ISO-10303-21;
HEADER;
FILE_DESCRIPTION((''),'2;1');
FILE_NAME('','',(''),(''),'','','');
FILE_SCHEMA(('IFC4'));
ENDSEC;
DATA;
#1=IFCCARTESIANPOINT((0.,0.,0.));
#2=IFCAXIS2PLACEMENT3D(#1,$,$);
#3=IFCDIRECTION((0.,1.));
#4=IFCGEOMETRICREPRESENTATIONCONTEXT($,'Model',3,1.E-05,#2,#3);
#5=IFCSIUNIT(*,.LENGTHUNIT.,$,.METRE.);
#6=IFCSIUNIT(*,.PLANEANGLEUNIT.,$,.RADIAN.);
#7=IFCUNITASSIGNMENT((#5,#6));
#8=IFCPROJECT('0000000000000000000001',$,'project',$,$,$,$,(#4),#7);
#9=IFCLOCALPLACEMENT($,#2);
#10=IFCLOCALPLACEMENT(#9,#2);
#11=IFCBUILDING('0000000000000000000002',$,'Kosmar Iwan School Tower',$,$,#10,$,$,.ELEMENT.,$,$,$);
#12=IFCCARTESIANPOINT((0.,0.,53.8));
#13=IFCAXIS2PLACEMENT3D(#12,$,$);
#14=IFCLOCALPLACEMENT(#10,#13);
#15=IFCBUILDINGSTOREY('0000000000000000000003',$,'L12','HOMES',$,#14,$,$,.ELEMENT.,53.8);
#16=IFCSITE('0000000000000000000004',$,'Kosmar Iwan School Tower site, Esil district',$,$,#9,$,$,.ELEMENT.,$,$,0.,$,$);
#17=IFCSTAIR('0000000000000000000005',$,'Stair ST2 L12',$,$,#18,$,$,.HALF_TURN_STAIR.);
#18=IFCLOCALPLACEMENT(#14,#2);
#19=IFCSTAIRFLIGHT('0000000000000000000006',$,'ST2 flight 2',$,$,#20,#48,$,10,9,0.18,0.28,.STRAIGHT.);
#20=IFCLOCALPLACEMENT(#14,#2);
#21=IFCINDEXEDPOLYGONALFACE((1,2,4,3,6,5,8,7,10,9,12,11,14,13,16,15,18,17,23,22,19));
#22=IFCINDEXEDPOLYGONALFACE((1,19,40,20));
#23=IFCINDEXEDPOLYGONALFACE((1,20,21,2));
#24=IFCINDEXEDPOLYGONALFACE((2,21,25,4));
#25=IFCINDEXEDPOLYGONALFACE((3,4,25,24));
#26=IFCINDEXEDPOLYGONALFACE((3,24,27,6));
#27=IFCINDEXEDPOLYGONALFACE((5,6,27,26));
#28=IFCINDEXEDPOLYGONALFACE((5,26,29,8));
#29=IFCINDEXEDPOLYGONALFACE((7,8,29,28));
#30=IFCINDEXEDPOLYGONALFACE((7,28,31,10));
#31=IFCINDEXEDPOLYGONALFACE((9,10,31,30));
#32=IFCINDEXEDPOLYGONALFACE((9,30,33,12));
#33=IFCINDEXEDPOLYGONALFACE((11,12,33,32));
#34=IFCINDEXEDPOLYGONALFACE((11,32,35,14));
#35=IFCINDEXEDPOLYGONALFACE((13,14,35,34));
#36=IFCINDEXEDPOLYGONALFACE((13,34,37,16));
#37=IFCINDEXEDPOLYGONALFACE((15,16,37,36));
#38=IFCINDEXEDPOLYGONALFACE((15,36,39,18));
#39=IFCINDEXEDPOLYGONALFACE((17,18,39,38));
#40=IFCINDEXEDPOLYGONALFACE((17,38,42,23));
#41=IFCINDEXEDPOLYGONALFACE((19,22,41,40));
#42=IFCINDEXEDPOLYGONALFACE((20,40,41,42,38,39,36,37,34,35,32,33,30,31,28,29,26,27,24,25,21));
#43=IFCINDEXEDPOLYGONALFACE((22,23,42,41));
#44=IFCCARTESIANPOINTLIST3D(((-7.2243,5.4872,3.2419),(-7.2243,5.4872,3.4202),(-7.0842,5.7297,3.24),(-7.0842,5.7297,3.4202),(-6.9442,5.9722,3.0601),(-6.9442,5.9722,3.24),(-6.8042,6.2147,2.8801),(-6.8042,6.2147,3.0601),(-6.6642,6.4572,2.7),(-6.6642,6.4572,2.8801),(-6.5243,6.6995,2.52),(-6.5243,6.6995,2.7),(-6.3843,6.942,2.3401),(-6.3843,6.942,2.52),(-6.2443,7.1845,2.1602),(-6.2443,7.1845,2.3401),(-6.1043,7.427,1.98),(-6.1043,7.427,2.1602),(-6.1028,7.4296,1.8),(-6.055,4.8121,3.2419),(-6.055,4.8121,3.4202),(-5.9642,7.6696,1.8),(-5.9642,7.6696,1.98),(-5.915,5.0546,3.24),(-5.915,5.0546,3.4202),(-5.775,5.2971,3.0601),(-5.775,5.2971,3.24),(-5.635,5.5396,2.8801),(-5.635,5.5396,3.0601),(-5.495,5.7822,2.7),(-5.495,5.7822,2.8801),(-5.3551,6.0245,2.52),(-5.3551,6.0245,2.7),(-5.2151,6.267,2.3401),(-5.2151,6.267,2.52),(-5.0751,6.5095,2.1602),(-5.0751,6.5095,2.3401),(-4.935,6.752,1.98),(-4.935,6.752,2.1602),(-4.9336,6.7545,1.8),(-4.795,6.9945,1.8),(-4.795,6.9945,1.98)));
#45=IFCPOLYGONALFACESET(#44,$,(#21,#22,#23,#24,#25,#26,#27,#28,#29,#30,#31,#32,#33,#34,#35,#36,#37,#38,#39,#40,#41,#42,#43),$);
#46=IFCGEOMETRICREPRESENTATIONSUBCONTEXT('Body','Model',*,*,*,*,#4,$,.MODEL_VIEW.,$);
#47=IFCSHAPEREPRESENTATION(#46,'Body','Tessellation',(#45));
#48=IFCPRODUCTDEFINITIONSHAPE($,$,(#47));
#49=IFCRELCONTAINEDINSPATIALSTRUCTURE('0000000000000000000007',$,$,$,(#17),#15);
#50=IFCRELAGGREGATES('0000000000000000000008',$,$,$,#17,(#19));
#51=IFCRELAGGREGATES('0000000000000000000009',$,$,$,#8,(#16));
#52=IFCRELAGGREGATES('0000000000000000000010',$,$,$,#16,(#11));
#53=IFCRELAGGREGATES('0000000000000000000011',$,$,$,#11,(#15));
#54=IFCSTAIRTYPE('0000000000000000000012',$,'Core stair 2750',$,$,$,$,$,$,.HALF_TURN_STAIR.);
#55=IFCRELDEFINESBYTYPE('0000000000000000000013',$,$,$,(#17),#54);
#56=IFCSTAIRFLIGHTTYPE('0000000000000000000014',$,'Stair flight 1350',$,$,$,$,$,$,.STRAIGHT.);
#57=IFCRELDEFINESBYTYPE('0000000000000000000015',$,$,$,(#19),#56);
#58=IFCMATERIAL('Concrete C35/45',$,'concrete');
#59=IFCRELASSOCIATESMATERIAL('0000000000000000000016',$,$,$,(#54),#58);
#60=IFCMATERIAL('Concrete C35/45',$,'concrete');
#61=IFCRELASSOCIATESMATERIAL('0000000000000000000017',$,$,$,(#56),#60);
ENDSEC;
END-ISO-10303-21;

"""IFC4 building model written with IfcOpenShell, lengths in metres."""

from ifc_helpers import new_model, si_unit, direction, frame, origin, place, context, subcontext, project, spatial, polyline, outline, extrude, material, type_object, element, aggregate, save


model = new_model("IFC4")

# Units and contexts
model_context = context("Model", 3, precision=1e-05, world=origin(), true_north=direction((0.0, 1.0)))
body_context = subcontext(model_context, "Body", "Model", "MODEL_VIEW")
ifc_project = project(units=[si_unit("LENGTHUNIT", "METRE"), si_unit("PLANEANGLEUNIT", "RADIAN")], contexts=[model_context])

# Site, building, storey
site_placement = place(None, origin())
site = spatial("IfcSite", under=ifc_project, at=site_placement, Name="Kosmar Iwan School Tower site, Esil district", CompositionType="ELEMENT", RefElevation=0.0)
building_placement = place(site_placement, origin())
building = spatial("IfcBuilding", under=site, at=building_placement, Name="Kosmar Iwan School Tower", CompositionType="ELEMENT")
storey_placement = place(building_placement, frame((0.0, 0.0, 53.8)))
storey = spatial("IfcBuildingStorey", under=building, at=storey_placement, Name="L12", Description="HOMES", CompositionType="ELEMENT", Elevation=53.8)

# Stair, stair flight
ifc_material_1 = material(Name="Concrete C35/45", Category="concrete")
stair_type = type_object("IfcStairType", Name="Core stair 2750", PredefinedType="HALF_TURN_STAIR", material=ifc_material_1)
stair_placement = place(storey_placement, origin())
stair = element("IfcStair", 1, at=stair_placement, inside=storey, type_object=stair_type, Name="Stair ST2 L12", PredefinedType="HALF_TURN_STAIR")
ifc_material_2 = material(Name="Concrete C35/45", Category="concrete")
stair_flight_type = type_object("IfcStairFlightType", Name="Stair flight 1350", PredefinedType="STRAIGHT", material=ifc_material_2)
stair_flight_1_placement = place(storey_placement, frame((-5.3796, 7.332, 1.8), z_axis=(0.0, 0.0, 1.0), x_axis=(-0.5, -0.866025, 0.0)))
stair_flight_1 = element("IfcStairFlight", 2, at=stair_flight_1_placement, type_object=stair_flight_type, Name="ST2 flight 2", NumberOfRisers=10, NumberOfTreads=9, PredefinedType="STRAIGHT", RiserHeight=0.18, TreadLength=0.28, context=body_context, shape_type="SweptSolid", body=[
    extrude(outline(polyline([(0.0, 0.0), (0.0, 0.1799), (0.28, 0.1799), (0.28, 0.3601), (0.5601, 0.3601), (0.5601, 0.54), (0.8401, 0.54), (0.8401, 0.72), (1.1201, 0.72), (1.1201, 0.8999), (1.3999, 0.8999), (1.3999, 1.0801), (1.6799, 1.0801), (1.6799, 1.26), (1.96, 1.26), (1.96, 1.4399), (2.24, 1.4399), (2.24, 1.6201), (2.52, 1.6201), (2.52, 1.8), (2.52, 1.4419), (0.2771, 0.0), (0.0, 0.0)])), frame((0.0, 0.675, 0.0), z_axis=(0.0, -1.0, 0.0), x_axis=(1.0, 0.0, 0.0)), (0.0, 0.0, 1.0), 1.3501),
])
aggregate(stair, [stair_flight_1])

save(model, "model.ifc")
